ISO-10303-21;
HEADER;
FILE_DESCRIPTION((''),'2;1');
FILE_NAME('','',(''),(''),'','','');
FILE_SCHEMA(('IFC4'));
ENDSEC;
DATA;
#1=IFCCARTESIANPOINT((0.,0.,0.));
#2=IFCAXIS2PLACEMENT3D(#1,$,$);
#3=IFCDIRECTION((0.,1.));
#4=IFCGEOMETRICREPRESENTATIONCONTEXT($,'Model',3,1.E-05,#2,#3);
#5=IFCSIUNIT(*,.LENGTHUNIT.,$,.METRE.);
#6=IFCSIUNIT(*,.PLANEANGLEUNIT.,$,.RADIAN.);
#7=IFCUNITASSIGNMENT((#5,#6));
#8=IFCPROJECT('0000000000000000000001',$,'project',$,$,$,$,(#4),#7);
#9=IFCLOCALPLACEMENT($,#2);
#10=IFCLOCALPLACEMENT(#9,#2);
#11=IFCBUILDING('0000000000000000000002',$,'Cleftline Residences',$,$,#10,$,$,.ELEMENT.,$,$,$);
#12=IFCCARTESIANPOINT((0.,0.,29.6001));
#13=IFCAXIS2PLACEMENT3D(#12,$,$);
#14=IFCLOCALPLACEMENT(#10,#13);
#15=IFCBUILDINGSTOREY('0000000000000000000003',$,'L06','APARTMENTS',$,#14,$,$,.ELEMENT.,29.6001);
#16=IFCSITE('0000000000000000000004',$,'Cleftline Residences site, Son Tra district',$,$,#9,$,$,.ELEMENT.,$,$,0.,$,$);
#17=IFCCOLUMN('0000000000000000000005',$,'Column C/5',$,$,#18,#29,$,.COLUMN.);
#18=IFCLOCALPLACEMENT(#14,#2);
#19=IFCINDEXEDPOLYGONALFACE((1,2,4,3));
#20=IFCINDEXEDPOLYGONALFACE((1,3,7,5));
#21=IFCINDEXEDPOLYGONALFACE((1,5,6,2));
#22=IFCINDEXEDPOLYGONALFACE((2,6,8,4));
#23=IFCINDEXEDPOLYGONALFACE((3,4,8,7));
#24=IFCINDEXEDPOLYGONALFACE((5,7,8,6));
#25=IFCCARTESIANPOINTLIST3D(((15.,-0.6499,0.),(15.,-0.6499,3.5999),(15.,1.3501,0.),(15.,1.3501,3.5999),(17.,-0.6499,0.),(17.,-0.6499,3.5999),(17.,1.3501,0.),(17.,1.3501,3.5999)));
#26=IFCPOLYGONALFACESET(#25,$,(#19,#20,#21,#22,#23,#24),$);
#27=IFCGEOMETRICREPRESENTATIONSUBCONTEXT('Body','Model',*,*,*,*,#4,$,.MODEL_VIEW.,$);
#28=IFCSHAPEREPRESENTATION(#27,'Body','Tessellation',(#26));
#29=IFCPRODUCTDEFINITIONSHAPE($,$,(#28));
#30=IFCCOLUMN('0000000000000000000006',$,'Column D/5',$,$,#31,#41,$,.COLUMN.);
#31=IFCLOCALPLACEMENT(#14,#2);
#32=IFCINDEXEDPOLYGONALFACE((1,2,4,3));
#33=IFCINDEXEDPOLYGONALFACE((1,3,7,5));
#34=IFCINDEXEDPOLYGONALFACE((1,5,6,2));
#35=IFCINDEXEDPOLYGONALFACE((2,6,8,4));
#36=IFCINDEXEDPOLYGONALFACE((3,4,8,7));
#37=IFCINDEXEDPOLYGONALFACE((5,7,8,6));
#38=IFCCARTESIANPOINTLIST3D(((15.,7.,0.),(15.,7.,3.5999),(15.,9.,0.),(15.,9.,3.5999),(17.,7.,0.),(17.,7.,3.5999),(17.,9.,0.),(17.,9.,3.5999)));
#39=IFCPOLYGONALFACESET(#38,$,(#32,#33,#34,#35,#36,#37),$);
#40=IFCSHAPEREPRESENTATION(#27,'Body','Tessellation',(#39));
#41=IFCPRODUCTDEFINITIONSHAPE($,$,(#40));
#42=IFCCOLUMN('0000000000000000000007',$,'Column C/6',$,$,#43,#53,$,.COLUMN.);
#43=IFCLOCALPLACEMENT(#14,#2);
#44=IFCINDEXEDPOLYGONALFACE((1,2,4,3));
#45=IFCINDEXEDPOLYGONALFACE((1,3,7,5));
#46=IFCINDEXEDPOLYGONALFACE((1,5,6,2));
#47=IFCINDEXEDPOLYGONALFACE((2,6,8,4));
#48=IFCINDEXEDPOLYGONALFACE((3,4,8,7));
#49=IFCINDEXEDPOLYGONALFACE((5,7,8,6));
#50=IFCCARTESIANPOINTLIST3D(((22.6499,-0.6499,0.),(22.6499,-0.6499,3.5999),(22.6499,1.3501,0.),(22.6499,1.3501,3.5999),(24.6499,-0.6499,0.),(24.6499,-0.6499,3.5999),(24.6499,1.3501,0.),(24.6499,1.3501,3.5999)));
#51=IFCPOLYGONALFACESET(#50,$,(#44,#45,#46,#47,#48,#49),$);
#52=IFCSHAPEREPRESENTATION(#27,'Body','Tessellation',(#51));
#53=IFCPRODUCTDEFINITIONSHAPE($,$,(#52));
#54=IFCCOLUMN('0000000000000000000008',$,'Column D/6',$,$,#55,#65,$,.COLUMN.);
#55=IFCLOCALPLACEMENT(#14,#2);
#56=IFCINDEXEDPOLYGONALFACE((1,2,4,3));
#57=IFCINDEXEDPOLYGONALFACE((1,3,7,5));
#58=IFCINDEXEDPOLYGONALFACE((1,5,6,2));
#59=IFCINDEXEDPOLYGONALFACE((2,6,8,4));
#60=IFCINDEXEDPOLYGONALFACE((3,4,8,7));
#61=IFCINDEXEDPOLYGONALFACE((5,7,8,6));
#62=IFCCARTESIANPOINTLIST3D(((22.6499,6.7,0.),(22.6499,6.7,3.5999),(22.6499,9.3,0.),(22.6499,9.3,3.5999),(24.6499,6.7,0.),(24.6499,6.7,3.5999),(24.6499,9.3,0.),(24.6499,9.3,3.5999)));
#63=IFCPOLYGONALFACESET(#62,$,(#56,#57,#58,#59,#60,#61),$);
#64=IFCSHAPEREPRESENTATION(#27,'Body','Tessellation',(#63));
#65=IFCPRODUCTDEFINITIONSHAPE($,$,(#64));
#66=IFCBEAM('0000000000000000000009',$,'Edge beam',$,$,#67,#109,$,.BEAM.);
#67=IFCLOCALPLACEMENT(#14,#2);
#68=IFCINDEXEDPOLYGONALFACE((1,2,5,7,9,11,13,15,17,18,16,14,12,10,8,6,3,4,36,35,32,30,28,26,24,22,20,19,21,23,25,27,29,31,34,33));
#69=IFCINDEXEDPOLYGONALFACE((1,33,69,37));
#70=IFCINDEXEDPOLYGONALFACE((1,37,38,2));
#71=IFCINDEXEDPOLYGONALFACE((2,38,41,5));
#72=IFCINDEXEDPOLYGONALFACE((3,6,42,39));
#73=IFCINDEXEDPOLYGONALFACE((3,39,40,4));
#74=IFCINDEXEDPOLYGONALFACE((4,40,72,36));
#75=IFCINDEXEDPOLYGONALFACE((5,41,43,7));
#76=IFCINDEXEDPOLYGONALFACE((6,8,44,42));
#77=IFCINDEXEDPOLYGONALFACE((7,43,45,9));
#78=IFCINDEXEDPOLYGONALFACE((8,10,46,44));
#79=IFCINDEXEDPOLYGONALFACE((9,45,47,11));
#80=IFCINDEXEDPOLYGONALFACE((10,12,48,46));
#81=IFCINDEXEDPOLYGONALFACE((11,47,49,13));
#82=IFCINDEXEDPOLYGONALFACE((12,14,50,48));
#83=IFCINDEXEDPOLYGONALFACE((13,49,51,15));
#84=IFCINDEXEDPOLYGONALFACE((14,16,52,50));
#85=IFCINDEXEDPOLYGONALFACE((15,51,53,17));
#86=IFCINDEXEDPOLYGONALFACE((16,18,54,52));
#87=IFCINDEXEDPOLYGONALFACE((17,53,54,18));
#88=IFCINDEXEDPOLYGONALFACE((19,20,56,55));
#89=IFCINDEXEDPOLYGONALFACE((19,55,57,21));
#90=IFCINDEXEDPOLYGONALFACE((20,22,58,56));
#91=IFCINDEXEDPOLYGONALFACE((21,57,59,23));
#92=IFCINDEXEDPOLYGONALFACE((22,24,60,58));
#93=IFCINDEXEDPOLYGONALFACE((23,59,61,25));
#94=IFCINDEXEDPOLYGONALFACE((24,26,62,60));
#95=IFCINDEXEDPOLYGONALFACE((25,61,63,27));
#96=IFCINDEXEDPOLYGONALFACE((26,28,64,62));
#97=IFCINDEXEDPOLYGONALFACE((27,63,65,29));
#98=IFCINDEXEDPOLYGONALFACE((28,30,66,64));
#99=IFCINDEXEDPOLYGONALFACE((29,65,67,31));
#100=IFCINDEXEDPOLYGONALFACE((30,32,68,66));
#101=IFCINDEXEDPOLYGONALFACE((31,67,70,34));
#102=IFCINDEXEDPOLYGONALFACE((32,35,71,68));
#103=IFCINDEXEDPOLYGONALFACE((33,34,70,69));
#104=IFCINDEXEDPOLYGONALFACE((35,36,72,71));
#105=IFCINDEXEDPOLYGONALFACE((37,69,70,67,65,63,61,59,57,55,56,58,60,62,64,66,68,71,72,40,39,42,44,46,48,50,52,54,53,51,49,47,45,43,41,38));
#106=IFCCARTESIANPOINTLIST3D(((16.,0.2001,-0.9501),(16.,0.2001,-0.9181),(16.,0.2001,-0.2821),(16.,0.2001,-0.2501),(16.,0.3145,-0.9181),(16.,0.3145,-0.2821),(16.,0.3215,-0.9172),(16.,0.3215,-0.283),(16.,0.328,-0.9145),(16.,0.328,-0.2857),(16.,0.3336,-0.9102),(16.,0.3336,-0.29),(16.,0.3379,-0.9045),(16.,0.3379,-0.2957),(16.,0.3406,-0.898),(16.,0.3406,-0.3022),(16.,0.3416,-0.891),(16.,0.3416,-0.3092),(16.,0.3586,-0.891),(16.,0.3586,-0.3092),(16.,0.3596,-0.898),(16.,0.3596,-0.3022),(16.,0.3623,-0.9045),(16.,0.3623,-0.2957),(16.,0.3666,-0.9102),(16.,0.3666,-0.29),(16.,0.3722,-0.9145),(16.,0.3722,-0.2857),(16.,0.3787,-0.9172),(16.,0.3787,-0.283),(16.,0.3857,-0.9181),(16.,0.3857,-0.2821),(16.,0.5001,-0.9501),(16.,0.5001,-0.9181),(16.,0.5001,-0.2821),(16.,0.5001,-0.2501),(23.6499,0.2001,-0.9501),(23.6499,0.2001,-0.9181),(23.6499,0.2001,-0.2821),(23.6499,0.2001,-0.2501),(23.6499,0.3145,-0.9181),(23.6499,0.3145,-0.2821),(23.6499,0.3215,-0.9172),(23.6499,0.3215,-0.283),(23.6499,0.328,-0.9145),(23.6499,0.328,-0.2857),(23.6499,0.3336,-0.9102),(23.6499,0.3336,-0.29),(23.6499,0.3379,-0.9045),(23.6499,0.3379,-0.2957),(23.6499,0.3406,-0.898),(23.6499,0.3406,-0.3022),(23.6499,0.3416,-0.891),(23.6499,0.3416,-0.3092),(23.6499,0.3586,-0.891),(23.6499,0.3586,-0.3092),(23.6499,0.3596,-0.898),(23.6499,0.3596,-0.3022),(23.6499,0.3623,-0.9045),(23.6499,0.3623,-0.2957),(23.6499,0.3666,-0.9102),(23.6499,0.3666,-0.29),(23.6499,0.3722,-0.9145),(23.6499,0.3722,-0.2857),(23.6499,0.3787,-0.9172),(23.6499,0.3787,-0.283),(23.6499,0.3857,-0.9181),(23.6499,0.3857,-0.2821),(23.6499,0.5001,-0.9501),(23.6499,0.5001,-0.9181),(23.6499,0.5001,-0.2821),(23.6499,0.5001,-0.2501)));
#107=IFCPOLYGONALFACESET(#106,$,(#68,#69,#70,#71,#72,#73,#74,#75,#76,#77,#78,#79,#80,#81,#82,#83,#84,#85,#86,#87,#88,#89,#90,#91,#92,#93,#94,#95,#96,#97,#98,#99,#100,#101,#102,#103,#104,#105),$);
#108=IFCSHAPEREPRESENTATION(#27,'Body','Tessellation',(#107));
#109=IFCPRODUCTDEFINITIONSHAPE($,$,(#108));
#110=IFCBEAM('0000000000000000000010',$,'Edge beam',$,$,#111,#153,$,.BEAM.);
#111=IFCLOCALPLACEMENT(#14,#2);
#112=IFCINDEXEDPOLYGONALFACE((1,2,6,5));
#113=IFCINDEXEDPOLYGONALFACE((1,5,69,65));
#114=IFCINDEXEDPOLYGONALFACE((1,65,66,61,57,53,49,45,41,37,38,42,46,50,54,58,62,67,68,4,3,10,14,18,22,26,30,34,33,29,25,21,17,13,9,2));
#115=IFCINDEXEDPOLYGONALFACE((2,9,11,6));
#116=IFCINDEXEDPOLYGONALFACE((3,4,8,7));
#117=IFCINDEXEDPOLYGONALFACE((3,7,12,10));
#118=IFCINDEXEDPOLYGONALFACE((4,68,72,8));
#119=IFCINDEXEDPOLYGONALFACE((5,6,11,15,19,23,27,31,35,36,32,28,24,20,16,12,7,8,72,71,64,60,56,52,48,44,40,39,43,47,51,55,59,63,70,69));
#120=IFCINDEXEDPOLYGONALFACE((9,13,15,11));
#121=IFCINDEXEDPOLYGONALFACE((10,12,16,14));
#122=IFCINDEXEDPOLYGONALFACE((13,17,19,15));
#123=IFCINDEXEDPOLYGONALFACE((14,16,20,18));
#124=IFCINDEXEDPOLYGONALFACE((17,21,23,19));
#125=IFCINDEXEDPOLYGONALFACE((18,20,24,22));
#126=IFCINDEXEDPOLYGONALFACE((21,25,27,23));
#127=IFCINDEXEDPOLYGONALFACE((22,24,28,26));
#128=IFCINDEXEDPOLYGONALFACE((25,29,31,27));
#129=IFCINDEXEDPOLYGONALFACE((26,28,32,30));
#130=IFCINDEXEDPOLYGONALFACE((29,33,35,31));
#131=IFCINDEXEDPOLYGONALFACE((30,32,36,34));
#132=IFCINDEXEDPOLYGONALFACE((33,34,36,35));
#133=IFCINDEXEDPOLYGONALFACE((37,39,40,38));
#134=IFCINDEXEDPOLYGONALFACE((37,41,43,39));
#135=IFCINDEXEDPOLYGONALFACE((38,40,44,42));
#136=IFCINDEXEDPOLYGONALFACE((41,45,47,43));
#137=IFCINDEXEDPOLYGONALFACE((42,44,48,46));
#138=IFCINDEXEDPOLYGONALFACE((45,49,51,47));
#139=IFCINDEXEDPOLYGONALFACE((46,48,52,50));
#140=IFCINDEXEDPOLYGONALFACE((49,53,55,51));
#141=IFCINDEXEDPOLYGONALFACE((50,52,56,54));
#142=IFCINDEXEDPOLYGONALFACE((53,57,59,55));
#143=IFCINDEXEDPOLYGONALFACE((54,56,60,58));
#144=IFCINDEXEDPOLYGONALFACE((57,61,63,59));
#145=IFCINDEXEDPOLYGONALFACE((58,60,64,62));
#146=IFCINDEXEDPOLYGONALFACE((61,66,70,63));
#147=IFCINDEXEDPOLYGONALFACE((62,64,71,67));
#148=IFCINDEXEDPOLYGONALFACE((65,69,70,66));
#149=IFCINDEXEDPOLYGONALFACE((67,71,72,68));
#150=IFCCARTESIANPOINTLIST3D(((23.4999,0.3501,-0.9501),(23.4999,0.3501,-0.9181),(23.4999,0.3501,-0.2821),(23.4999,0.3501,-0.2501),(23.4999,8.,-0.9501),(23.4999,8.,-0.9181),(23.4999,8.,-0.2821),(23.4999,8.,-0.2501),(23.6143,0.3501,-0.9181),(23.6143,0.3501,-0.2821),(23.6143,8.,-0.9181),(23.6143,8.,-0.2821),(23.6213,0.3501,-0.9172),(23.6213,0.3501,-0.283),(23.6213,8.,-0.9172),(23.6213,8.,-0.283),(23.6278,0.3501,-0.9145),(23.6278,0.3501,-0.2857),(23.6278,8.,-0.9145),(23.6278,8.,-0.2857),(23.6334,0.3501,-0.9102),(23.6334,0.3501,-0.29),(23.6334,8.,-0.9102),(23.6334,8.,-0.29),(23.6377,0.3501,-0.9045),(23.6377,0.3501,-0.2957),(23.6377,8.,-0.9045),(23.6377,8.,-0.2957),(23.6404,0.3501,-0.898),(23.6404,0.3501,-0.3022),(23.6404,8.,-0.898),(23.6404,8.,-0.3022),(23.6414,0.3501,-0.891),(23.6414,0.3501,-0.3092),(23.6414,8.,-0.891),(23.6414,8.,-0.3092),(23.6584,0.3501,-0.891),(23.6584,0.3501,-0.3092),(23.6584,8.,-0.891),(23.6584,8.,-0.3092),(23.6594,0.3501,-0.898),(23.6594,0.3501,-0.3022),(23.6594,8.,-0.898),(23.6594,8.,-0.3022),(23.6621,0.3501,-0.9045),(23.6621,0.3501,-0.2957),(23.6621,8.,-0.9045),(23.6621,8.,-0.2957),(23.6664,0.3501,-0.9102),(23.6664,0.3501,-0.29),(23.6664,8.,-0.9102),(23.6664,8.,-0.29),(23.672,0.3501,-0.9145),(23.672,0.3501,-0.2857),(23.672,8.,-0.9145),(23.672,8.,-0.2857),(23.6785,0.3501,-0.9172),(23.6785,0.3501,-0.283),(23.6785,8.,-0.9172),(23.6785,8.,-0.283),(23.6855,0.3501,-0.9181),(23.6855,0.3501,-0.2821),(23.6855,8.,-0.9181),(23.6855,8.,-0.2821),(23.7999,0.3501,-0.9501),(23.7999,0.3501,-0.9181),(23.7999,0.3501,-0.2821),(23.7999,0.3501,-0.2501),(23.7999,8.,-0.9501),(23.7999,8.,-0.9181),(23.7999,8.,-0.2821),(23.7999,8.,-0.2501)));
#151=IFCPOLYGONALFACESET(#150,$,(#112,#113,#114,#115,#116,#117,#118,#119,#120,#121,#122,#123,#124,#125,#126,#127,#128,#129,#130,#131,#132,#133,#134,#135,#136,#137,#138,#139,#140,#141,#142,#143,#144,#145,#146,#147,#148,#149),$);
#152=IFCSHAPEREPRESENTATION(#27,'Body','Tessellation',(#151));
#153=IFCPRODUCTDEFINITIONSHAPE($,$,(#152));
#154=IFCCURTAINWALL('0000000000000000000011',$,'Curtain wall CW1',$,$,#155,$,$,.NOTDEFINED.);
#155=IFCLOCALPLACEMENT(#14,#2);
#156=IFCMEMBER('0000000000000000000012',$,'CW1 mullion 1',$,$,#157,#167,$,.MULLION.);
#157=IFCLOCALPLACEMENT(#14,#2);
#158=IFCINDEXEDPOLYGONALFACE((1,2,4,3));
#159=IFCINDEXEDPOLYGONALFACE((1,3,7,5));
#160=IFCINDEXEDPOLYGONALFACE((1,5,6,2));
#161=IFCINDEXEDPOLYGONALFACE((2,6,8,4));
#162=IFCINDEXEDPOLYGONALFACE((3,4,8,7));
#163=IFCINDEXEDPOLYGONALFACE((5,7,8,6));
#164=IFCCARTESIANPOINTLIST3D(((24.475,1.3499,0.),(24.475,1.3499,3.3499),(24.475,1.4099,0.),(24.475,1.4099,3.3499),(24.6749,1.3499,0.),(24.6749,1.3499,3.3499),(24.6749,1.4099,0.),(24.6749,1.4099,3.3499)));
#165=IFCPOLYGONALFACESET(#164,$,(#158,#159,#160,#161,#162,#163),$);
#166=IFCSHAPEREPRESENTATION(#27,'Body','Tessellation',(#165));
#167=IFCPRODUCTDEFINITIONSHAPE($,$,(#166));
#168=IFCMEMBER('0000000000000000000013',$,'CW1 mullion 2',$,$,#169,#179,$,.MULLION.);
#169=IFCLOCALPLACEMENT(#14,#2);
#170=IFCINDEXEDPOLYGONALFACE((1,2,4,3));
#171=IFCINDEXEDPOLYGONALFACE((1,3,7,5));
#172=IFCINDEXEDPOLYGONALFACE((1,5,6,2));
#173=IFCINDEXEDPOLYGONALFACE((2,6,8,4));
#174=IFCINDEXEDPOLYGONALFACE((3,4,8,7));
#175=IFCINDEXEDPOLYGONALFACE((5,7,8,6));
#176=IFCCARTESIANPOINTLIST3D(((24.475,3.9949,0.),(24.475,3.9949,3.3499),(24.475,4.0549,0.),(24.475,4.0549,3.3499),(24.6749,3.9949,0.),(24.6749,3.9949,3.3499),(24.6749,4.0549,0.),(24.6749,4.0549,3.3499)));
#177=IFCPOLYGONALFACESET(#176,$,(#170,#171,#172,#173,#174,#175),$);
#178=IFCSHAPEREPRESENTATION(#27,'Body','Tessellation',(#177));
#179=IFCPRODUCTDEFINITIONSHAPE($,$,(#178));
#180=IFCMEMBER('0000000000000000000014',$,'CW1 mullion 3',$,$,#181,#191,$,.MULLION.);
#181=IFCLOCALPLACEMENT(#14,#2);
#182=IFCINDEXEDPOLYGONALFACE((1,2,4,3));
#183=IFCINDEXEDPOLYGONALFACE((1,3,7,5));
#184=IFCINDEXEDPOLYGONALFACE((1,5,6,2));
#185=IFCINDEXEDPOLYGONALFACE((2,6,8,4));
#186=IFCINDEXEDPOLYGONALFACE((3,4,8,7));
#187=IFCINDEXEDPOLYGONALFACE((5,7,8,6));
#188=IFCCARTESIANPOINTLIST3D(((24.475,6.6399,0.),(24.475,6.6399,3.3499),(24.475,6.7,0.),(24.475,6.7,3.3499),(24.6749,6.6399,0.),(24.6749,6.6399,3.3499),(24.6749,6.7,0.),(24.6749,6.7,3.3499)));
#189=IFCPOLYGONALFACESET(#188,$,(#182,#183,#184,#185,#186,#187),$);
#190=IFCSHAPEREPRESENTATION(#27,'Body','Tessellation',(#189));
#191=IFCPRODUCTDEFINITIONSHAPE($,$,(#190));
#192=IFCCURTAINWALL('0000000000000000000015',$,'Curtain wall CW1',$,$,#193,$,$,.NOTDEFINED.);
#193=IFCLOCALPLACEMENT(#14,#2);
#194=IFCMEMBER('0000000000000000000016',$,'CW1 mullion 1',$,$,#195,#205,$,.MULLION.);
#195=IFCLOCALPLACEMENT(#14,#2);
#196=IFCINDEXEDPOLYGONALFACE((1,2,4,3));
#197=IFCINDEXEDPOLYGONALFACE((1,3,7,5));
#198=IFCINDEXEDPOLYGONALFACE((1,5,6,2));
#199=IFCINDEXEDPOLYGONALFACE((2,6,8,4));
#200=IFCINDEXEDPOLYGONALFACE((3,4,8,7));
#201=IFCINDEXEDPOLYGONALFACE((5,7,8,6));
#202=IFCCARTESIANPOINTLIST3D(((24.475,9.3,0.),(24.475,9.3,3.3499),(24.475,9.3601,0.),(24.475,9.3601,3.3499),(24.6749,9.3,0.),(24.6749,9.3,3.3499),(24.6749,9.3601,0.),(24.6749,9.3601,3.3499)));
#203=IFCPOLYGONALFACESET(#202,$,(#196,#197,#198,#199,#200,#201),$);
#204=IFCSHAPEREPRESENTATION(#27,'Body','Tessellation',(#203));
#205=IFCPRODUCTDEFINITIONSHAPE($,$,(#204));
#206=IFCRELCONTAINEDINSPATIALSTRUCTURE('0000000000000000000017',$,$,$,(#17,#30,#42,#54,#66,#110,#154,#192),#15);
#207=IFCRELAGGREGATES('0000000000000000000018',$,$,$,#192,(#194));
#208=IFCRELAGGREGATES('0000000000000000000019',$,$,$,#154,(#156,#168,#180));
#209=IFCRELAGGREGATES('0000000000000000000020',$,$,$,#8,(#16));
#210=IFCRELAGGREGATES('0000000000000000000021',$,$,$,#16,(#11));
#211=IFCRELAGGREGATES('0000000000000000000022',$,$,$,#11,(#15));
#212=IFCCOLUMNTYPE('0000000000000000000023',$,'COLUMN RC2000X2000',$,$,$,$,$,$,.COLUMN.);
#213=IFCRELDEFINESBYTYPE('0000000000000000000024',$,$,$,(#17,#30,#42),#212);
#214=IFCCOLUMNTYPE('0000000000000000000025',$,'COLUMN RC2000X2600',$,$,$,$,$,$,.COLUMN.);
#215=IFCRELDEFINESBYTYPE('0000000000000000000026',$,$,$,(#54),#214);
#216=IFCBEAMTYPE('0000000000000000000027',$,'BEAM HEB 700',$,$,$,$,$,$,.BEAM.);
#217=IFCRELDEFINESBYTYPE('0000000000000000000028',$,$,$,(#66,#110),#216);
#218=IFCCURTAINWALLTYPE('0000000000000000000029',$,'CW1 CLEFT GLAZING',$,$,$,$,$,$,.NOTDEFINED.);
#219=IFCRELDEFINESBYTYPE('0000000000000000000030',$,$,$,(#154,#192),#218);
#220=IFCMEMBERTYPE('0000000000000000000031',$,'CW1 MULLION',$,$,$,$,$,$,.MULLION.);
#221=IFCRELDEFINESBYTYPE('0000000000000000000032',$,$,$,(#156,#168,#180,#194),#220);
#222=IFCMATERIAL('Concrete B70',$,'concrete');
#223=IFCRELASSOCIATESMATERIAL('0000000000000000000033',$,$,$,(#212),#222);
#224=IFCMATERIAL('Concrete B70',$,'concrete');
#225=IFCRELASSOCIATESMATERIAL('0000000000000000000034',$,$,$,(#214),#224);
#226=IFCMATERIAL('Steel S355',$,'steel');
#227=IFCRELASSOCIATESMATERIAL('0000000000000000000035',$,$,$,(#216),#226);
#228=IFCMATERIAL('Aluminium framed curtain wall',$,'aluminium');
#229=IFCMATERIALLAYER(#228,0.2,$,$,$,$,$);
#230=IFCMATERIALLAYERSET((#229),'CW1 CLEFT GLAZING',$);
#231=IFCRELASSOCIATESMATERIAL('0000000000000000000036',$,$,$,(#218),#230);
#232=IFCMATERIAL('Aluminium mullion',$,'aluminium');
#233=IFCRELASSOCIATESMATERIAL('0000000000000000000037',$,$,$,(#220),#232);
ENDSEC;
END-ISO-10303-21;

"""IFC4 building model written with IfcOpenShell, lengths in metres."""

from ifc_helpers import new_model, si_unit, direction, frame, origin, origin_2d, place, context, subcontext, project, spatial, rectangle, i_section, extrude, material, layer, layer_set, material_profile, profile_set, type_object, element, aggregate, save


model = new_model("IFC4")

# Units and contexts
model_context = context("Model", 3, precision=1e-05, world=origin(), true_north=direction((0.0, 1.0)))
body_context = subcontext(model_context, "Body", "Model", "MODEL_VIEW")
ifc_project = project(units=[si_unit("LENGTHUNIT", "METRE"), si_unit("PLANEANGLEUNIT", "RADIAN")], contexts=[model_context])

# Site, building, storey
site_placement = place(None, origin())
site = spatial("IfcSite", under=ifc_project, at=site_placement, Name="Cleftline Residences site, Son Tra district", CompositionType="ELEMENT", RefElevation=0.0)
building_placement = place(site_placement, origin())
building = spatial("IfcBuilding", under=site, at=building_placement, Name="Cleftline Residences", CompositionType="ELEMENT")
storey_placement = place(building_placement, frame((0.0, 0.0, 29.6001)))
storey = spatial("IfcBuildingStorey", under=building, at=storey_placement, Name="L06", Description="APARTMENTS", CompositionType="ELEMENT", Elevation=29.6001)

# Columns
ifc_material_1 = material(Name="Concrete B70", Category="concrete")
ifc_material_profile_1 = material_profile(ifc_material_1, rectangle(XDim=2.0, YDim=2.0, at=origin_2d()))
ifc_profile_set_1 = profile_set([ifc_material_profile_1], Name="Concrete B70")
column_type_1 = type_object("IfcColumnType", Name="COLUMN RC2000X2000", PredefinedType="COLUMN", material=ifc_profile_set_1)
for number, where, z_axis, x_axis, name in (
    (1, (16.0, 0.3501, 0.0), (0.0, 0.0, 1.0), (1.0, 0.0, 0.0), "Column C/5"),
    (2, (16.0, 8.0, 0.0), (0.0, 0.0, 1.0), (1.0, 0.0, 0.0), "Column D/5"),
    (3, (23.6499, 0.3501, 0.0), (0.0, 0.0, 1.0), (1.0, 0.0, 0.0), "Column C/6"),
):
    element("IfcColumn", number, at=place(storey_placement, frame(where, z_axis=z_axis, x_axis=x_axis)), inside=storey, type_object=column_type_1, Name=name, PredefinedType="COLUMN", context=body_context, shape_type="SweptSolid", body=[
        extrude(rectangle(XDim=2.0, YDim=2.0, at=origin_2d()), origin(), (0.0, 0.0, 1.0), 3.5999),
    ])
ifc_material_2 = material(Name="Concrete B70", Category="concrete")
ifc_material_profile_2 = material_profile(ifc_material_2, rectangle(XDim=2.0, YDim=2.6001, at=origin_2d()))
ifc_profile_set_2 = profile_set([ifc_material_profile_2], Name="Concrete B70")
column_type_2 = type_object("IfcColumnType", Name="COLUMN RC2000X2600", PredefinedType="COLUMN", material=ifc_profile_set_2)
column_placement = place(storey_placement, frame((23.6499, 8.0, 0.0), z_axis=(0.0, 0.0, 1.0), x_axis=(1.0, 0.0, 0.0)))
element("IfcColumn", 4, at=column_placement, inside=storey, type_object=column_type_2, Name="Column D/6", PredefinedType="COLUMN", context=body_context, shape_type="SweptSolid", body=[
    extrude(rectangle(XDim=2.0, YDim=2.6001, at=origin_2d()), origin(), (0.0, 0.0, 1.0), 3.5999),
])

# Beams
ifc_material_3 = material(Name="Steel S355", Category="steel")
ifc_material_profile_3 = material_profile(ifc_material_3, i_section(OverallWidth=0.3, OverallDepth=0.7, WebThickness=0.0171, FlangeThickness=0.032, FilletRadius=0.0271, at=origin_2d()))
ifc_profile_set_3 = profile_set([ifc_material_profile_3], Name="Steel S355")
beam_type = type_object("IfcBeamType", Name="BEAM HEB 700", PredefinedType="BEAM", material=ifc_profile_set_3)
for number, where, z_axis, x_axis, name in (
    (5, (16.0, 0.3501, -0.6001), (1.0, 0.0, 0.0), (0.0, 1.0, 0.0), "Edge beam"),
    (6, (23.6499, 0.3501, -0.6001), (0.0, 1.0, 0.0), (-1.0, 0.0, 0.0), "Edge beam"),
):
    element("IfcBeam", number, at=place(storey_placement, frame(where, z_axis=z_axis, x_axis=x_axis)), inside=storey, type_object=beam_type, Name=name, PredefinedType="BEAM", context=body_context, shape_type="SweptSolid", body=[
        extrude(i_section(OverallWidth=0.3, OverallDepth=0.7, WebThickness=0.0171, FlangeThickness=0.032, FilletRadius=0.0271, at=origin_2d()), origin(), (0.0, 0.0, 1.0), 7.6499),
    ])

# Curtain wall, members
ifc_material_4 = material(Name="Aluminium framed curtain wall", Category="aluminium")
ifc_layer_1 = layer(ifc_material_4, 0.2)
ifc_layer_set_1 = layer_set([ifc_layer_1], Name="CW1 CLEFT GLAZING")
curtain_wall_type = type_object("IfcCurtainWallType", Name="CW1 CLEFT GLAZING", PredefinedType="NOTDEFINED", material=ifc_layer_set_1)
curtain_wall_1_placement = place(storey_placement, origin())
curtain_wall_1 = element("IfcCurtainWall", 7, at=curtain_wall_1_placement, inside=storey, type_object=curtain_wall_type, Name="Curtain wall CW1", PredefinedType="NOTDEFINED")
ifc_material_5 = material(Name="Aluminium mullion", Category="aluminium")
ifc_material_profile_4 = material_profile(ifc_material_5, rectangle(XDim=0.2, YDim=0.0601, at=origin_2d()))
ifc_profile_set_4 = profile_set([ifc_material_profile_4], Name="Aluminium mullion")
member_type_1 = type_object("IfcMemberType", Name="CW1 MULLION", PredefinedType="MULLION", material=ifc_profile_set_4)
member_1_placement = place(storey_placement, frame((24.575, 1.3799, 0.0), z_axis=(0.0, 0.0, 1.0), x_axis=(-1.0, 0.0, 0.0)))
member_1 = element("IfcMember", 8, at=member_1_placement, type_object=member_type_1, Name="CW1 mullion 1", PredefinedType="MULLION", context=body_context, shape_type="SweptSolid", body=[
    extrude(rectangle(XDim=0.2, YDim=0.0601, at=origin_2d()), origin(), (0.0, 0.0, 1.0), 3.3499),
])
member_2_placement = place(storey_placement, frame((24.575, 4.0249, 0.0), z_axis=(0.0, 0.0, 1.0), x_axis=(-1.0, 0.0, 0.0)))
member_2 = element("IfcMember", 9, at=member_2_placement, type_object=member_type_1, Name="CW1 mullion 2", PredefinedType="MULLION", context=body_context, shape_type="SweptSolid", body=[
    extrude(rectangle(XDim=0.2, YDim=0.0601, at=origin_2d()), origin(), (0.0, 0.0, 1.0), 3.3499),
])
member_3_placement = place(storey_placement, frame((24.575, 6.6699, 0.0), z_axis=(0.0, 0.0, 1.0), x_axis=(-1.0, 0.0, 0.0)))
member_3 = element("IfcMember", 10, at=member_3_placement, type_object=member_type_1, Name="CW1 mullion 3", PredefinedType="MULLION", context=body_context, shape_type="SweptSolid", body=[
    extrude(rectangle(XDim=0.2, YDim=0.0601, at=origin_2d()), origin(), (0.0, 0.0, 1.0), 3.3499),
])

# Curtain wall, member
curtain_wall_2_placement = place(storey_placement, origin())
curtain_wall_2 = element("IfcCurtainWall", 11, at=curtain_wall_2_placement, inside=storey, type_object=curtain_wall_type, Name="Curtain wall CW1", PredefinedType="NOTDEFINED")
member_4_placement = place(storey_placement, frame((24.575, 9.3301, 0.0), z_axis=(0.0, 0.0, 1.0), x_axis=(-1.0, 0.0, 0.0)))
member_4 = element("IfcMember", 12, at=member_4_placement, type_object=member_type_1, Name="CW1 mullion 1", PredefinedType="MULLION", context=body_context, shape_type="SweptSolid", body=[
    extrude(rectangle(XDim=0.2, YDim=0.0601, at=origin_2d()), origin(), (0.0, 0.0, 1.0), 3.3499),
])

aggregate(curtain_wall_2, [member_4])

aggregate(curtain_wall_1, [member_1, member_2, member_3])

save(model, "model.ifc")
